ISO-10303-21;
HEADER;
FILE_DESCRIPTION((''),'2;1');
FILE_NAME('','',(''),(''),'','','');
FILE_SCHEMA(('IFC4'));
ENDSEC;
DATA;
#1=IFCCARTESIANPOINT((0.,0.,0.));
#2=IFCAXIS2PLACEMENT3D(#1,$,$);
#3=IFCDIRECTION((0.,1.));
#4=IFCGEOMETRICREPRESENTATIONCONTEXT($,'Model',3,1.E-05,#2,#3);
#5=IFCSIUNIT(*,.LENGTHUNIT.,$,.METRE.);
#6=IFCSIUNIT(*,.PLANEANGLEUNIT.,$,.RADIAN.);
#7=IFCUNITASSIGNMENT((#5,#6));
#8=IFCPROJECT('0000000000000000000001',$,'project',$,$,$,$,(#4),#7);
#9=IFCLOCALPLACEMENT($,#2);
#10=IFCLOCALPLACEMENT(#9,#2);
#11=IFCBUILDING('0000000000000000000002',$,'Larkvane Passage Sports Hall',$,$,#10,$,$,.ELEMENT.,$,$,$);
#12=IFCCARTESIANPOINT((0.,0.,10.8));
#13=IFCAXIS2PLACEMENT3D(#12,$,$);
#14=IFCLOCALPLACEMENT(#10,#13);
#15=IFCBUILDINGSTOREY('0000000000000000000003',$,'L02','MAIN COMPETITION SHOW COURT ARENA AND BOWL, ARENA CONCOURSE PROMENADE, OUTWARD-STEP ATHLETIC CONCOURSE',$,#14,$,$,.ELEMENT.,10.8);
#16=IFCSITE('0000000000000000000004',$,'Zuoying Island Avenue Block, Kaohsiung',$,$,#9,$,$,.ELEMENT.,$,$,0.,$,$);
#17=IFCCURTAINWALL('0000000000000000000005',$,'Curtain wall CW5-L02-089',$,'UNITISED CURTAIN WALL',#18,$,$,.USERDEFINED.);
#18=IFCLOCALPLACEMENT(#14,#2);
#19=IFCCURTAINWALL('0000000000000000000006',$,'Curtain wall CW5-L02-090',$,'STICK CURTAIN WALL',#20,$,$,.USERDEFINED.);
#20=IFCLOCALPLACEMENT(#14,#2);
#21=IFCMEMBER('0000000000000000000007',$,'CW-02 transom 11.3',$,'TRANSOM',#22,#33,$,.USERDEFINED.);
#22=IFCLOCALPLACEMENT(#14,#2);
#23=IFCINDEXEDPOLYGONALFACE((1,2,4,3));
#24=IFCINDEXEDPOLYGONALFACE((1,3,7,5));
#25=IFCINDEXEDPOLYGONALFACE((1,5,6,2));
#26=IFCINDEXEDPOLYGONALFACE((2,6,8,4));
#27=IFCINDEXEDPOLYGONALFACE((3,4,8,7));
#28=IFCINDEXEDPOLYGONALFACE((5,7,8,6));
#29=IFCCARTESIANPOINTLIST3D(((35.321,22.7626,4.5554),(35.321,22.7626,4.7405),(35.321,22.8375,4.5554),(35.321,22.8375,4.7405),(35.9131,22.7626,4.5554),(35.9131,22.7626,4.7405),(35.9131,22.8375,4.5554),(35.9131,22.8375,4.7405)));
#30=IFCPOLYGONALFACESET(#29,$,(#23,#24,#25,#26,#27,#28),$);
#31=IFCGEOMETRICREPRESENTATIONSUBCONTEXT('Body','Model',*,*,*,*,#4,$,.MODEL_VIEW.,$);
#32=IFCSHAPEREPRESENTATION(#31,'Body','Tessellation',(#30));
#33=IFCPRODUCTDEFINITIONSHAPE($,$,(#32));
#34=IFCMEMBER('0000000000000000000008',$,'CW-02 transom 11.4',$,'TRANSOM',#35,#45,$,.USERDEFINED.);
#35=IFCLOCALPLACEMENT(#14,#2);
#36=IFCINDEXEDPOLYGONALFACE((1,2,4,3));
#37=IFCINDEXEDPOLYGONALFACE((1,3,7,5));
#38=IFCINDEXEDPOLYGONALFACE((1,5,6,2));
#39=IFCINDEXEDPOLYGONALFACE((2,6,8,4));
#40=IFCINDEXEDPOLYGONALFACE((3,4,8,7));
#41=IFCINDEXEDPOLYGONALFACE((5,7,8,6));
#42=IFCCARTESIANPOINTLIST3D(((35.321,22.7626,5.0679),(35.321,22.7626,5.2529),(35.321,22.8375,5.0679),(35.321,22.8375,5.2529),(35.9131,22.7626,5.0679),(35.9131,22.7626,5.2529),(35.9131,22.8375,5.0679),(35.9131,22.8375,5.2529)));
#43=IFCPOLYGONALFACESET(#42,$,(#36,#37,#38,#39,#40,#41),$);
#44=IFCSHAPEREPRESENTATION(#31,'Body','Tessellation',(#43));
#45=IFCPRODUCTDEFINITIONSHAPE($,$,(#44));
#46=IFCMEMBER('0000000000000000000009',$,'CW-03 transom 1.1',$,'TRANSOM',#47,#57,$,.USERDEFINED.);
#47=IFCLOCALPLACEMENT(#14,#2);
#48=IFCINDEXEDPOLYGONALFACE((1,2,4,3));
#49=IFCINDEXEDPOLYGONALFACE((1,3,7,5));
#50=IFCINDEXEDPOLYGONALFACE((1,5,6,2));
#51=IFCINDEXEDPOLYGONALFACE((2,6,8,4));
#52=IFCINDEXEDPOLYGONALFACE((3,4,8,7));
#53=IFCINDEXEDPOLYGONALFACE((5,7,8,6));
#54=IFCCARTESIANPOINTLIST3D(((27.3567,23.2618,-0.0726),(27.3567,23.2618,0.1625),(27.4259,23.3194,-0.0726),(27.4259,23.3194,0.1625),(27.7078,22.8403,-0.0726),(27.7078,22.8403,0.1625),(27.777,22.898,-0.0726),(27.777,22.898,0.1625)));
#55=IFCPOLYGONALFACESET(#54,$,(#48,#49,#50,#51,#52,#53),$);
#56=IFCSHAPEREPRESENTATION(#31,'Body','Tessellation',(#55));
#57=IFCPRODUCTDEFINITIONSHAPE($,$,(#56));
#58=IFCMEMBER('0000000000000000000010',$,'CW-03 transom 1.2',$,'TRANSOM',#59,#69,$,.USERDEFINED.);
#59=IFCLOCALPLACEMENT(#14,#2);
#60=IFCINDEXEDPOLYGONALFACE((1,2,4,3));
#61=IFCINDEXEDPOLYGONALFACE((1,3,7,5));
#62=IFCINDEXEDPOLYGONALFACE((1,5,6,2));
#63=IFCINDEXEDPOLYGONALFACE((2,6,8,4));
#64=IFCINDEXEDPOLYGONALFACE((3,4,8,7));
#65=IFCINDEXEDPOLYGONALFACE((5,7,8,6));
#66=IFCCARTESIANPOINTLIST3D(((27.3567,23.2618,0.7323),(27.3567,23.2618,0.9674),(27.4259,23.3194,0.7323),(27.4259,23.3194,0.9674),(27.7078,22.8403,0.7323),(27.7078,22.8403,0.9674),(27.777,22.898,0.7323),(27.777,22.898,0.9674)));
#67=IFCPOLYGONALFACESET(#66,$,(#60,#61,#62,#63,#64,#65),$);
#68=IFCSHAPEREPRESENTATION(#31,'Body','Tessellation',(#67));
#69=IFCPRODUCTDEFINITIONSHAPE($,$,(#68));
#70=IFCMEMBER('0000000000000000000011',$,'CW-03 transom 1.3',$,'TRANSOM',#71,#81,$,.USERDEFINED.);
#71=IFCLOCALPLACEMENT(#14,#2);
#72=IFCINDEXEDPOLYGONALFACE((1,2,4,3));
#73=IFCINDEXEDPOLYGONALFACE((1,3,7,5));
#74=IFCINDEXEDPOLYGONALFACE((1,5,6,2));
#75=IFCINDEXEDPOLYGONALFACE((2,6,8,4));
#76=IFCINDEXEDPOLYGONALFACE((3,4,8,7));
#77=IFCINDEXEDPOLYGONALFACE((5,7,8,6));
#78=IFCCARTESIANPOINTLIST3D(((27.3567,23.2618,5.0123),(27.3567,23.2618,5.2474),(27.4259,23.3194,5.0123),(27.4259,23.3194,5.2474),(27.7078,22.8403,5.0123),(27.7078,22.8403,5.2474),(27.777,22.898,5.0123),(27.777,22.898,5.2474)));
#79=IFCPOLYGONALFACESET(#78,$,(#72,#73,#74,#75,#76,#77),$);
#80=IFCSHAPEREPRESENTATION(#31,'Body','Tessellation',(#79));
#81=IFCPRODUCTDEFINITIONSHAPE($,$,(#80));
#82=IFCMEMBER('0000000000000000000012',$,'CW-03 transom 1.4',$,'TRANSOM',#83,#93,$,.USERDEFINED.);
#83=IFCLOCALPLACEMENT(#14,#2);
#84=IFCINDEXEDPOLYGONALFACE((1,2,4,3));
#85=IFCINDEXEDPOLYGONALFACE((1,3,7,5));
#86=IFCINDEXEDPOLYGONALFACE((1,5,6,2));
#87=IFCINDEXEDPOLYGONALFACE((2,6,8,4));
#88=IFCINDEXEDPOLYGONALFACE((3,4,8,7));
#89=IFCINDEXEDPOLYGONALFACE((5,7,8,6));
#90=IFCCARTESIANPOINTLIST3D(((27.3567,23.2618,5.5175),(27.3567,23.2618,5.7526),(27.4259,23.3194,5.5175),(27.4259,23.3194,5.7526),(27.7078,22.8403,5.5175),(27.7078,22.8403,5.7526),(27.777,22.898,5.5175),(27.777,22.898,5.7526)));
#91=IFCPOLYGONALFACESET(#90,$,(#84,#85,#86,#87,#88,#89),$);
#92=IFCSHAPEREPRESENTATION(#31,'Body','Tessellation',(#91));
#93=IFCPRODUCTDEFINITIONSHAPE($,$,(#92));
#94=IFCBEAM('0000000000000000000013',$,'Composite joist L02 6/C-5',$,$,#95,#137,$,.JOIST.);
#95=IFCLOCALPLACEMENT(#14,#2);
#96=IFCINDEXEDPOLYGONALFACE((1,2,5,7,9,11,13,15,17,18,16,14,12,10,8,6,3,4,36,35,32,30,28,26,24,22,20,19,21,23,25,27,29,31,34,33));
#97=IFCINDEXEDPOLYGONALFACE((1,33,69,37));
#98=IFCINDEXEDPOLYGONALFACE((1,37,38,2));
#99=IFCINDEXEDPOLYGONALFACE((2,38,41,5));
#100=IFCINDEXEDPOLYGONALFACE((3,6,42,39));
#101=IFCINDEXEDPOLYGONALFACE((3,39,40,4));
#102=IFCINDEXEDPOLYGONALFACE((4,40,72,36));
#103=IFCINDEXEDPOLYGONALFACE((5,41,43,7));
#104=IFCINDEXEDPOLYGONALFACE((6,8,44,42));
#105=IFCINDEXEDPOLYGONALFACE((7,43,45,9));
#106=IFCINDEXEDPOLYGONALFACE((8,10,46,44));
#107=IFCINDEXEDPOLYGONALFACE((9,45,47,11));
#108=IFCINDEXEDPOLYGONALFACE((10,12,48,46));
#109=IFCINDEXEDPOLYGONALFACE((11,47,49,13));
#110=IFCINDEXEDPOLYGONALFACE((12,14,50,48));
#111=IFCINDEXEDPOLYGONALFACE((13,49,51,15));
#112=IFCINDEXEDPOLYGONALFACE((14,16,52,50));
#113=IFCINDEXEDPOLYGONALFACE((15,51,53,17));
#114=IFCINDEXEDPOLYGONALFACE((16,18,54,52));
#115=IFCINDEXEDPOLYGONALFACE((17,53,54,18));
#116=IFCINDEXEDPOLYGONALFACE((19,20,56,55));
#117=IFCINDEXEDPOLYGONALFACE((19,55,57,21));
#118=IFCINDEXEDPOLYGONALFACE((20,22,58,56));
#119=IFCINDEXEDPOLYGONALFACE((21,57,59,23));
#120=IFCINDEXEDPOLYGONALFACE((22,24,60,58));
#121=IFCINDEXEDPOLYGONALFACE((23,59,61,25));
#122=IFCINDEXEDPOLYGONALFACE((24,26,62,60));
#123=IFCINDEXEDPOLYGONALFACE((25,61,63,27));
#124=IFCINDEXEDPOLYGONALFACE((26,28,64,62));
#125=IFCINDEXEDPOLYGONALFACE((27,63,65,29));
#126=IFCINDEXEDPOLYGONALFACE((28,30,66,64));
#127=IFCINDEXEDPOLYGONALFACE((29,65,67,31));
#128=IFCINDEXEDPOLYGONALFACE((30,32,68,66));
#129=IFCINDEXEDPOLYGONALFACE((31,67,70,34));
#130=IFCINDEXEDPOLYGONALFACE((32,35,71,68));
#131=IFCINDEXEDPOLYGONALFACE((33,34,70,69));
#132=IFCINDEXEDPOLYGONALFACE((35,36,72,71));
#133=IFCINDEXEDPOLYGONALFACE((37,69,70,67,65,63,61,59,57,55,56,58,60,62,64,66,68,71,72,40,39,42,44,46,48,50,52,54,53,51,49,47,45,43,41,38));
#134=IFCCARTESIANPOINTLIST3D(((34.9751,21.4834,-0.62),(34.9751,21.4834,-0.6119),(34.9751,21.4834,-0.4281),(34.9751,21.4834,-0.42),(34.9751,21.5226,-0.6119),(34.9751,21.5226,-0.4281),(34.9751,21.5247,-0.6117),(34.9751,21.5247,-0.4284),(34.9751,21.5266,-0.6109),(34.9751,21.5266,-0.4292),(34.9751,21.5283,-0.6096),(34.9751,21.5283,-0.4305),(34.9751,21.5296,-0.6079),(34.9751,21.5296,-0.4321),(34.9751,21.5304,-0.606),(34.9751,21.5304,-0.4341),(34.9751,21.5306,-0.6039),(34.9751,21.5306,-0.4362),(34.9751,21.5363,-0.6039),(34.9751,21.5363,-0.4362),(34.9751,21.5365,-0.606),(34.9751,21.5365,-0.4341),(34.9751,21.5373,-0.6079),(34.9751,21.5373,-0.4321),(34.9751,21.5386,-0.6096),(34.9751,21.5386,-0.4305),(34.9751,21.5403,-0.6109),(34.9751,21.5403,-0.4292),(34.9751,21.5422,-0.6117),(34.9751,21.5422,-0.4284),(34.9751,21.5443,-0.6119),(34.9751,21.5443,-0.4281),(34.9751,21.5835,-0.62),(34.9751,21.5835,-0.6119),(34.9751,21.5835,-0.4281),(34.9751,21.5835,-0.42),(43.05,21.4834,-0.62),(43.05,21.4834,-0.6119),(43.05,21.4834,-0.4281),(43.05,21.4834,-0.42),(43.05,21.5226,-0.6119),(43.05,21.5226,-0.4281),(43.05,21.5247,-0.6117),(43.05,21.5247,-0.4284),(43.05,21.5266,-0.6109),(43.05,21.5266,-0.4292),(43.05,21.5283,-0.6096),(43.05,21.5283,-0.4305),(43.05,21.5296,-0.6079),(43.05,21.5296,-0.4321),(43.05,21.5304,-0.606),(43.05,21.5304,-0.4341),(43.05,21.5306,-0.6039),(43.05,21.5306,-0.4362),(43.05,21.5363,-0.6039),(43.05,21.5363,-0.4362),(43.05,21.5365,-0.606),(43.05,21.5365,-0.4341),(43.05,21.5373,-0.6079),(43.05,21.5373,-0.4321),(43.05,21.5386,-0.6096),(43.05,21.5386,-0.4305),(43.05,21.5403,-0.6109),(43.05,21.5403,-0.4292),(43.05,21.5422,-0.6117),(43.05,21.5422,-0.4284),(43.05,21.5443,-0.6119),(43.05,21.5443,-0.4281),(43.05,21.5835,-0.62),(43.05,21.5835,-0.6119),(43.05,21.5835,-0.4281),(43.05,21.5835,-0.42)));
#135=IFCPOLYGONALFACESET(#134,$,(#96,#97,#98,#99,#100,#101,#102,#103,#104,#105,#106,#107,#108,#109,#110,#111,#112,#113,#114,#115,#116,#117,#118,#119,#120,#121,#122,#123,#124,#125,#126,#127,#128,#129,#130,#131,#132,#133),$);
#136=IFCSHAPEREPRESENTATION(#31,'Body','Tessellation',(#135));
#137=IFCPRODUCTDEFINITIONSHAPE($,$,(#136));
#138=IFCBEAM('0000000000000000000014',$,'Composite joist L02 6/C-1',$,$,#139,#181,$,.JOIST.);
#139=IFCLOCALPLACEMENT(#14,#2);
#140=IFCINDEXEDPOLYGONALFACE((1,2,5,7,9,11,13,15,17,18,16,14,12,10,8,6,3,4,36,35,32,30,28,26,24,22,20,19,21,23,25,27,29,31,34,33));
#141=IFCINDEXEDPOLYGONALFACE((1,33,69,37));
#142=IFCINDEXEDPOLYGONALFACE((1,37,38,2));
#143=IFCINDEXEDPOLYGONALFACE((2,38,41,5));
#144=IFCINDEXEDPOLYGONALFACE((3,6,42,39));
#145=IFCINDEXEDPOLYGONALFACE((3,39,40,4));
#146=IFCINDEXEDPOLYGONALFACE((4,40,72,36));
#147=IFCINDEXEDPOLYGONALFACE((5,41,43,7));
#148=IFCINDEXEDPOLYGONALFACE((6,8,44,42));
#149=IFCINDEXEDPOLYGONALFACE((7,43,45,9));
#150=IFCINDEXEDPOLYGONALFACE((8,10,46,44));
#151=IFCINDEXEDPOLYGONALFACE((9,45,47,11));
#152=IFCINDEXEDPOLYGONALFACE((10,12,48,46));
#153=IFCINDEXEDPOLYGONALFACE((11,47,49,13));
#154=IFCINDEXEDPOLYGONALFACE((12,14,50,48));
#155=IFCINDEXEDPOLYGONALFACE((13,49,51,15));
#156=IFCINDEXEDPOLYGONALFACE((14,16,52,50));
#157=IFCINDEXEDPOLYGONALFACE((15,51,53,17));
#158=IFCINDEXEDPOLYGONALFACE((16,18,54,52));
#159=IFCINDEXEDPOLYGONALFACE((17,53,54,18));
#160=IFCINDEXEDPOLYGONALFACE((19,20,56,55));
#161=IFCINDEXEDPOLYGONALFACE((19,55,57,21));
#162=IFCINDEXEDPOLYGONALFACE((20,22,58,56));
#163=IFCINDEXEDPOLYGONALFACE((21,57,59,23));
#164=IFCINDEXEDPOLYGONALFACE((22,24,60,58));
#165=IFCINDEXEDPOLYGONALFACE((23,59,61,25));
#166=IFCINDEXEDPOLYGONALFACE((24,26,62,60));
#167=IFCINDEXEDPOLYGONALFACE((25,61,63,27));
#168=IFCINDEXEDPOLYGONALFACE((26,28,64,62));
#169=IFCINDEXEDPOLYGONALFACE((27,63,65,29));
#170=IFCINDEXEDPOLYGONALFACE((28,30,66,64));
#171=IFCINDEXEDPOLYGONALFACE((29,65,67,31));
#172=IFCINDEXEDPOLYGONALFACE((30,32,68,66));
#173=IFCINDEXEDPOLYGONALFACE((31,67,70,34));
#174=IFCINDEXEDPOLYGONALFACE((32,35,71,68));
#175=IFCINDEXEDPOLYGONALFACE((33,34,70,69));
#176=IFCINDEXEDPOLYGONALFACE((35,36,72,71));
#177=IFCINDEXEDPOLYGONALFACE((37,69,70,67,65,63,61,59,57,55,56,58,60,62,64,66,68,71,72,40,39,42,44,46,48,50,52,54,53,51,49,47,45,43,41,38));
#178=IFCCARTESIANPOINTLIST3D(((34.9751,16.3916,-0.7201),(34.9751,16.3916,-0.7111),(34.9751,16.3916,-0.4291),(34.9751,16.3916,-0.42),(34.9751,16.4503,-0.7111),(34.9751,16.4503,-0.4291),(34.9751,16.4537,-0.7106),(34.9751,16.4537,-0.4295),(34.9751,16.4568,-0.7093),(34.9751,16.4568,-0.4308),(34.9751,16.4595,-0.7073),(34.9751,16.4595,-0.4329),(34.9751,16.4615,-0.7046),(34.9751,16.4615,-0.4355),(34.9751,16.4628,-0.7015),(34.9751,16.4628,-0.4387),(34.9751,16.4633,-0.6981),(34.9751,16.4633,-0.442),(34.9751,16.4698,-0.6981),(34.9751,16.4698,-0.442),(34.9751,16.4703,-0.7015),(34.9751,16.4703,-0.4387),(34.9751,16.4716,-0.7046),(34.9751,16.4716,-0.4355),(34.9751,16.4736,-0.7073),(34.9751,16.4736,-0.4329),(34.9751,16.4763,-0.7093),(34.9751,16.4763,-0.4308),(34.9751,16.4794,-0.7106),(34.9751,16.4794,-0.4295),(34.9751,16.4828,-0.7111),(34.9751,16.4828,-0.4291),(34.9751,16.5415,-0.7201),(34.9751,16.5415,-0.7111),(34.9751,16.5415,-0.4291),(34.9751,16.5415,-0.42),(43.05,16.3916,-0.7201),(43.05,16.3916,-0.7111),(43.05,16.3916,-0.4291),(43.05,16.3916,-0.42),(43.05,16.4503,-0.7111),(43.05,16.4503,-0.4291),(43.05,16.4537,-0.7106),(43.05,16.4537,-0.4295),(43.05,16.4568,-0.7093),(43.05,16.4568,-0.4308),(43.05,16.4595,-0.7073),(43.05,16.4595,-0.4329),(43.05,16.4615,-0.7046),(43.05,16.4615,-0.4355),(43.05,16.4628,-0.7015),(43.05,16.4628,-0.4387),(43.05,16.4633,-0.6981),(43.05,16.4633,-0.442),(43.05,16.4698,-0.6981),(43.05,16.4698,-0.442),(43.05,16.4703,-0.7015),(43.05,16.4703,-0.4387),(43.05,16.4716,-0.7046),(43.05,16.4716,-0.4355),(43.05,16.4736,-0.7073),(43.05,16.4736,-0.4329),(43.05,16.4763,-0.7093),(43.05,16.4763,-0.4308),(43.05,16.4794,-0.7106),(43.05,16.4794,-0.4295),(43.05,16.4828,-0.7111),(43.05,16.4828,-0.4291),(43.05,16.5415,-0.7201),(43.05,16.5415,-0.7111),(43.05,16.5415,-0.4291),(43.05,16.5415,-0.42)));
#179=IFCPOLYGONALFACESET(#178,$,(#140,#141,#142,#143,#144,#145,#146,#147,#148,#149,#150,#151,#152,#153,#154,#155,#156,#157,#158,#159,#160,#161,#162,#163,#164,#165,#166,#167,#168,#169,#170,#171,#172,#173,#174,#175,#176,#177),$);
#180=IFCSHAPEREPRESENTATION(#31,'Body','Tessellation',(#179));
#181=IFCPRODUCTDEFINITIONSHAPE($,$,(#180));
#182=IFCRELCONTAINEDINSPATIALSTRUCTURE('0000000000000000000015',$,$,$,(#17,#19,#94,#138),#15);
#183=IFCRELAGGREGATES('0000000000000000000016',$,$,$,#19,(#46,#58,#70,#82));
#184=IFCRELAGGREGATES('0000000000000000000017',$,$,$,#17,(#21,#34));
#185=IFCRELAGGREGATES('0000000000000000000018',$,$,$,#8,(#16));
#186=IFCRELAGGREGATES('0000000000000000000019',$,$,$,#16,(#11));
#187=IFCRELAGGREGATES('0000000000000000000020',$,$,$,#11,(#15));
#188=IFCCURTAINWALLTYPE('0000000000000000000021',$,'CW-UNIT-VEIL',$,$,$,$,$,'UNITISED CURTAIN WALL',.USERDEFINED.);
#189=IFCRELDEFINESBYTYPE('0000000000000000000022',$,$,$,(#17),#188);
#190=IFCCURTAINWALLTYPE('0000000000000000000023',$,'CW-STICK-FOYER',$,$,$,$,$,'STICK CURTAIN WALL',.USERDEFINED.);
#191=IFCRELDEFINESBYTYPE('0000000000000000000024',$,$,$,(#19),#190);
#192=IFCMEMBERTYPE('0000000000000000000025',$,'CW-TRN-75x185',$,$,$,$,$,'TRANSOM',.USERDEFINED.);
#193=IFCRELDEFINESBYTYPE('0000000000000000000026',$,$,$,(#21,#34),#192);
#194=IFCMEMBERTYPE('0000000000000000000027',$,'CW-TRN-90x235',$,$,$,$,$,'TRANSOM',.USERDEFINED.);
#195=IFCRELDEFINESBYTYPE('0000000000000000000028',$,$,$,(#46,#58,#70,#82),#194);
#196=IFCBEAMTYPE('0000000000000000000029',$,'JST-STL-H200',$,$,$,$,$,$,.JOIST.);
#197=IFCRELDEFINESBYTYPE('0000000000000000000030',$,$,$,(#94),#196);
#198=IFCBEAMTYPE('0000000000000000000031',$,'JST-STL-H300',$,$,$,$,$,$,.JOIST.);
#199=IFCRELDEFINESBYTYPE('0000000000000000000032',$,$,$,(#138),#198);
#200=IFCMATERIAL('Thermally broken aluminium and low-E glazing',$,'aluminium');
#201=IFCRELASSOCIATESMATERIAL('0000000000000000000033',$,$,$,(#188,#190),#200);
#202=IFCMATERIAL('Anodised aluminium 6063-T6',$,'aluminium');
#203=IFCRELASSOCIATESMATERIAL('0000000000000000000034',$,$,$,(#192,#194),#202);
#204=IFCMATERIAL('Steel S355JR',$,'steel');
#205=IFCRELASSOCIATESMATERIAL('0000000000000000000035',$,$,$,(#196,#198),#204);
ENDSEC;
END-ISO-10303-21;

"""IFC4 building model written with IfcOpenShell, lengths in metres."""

from ifc_helpers import new_model, si_unit, direction, frame, origin, origin_2d, place, context, subcontext, project, spatial, rectangle, i_section, extrude, material, material_profile, profile_set, type_object, element, aggregate, save


model = new_model("IFC4")

# Units and contexts
model_context = context("Model", 3, precision=1e-05, world=origin(), true_north=direction((0.0, 1.0)))
body_context = subcontext(model_context, "Body", "Model", "MODEL_VIEW")
ifc_project = project(units=[si_unit("LENGTHUNIT", "METRE"), si_unit("PLANEANGLEUNIT", "RADIAN")], contexts=[model_context])

# Site, building, storey
site_placement = place(None, origin())
site = spatial("IfcSite", under=ifc_project, at=site_placement, Name="Zuoying Island Avenue Block, Kaohsiung", CompositionType="ELEMENT", RefElevation=0.0)
building_placement = place(site_placement, origin())
building = spatial("IfcBuilding", under=site, at=building_placement, Name="Larkvane Passage Sports Hall", CompositionType="ELEMENT")
storey_placement = place(building_placement, frame((0.0, 0.0, 10.8)))
storey = spatial("IfcBuildingStorey", under=building, at=storey_placement, Name="L02", Description="MAIN COMPETITION SHOW COURT ARENA AND BOWL, ARENA CONCOURSE PROMENADE, OUTWARD-STEP ATHLETIC CONCOURSE", CompositionType="ELEMENT", Elevation=10.8)

# Curtain wall
ifc_material_1 = material(Name="Thermally broken aluminium and low-E glazing", Category="aluminium")
curtain_wall_type_1 = type_object("IfcCurtainWallType", Name="CW-UNIT-VEIL", ElementType="UNITISED CURTAIN WALL", PredefinedType="USERDEFINED", material=ifc_material_1)
curtain_wall_1_placement = place(storey_placement, origin())
curtain_wall_1 = element("IfcCurtainWall", 1, at=curtain_wall_1_placement, inside=storey, type_object=curtain_wall_type_1, Name="Curtain wall CW5-L02-089", ObjectType="UNITISED CURTAIN WALL", PredefinedType="USERDEFINED")
ifc_material_2 = material(Name="Anodised aluminium 6063-T6", Category="aluminium")

# Curtain wall
curtain_wall_type_2 = type_object("IfcCurtainWallType", Name="CW-STICK-FOYER", ElementType="STICK CURTAIN WALL", PredefinedType="USERDEFINED", material=ifc_material_1)
curtain_wall_2_placement = place(storey_placement, origin())
curtain_wall_2 = element("IfcCurtainWall", 2, at=curtain_wall_2_placement, inside=storey, type_object=curtain_wall_type_2, Name="Curtain wall CW5-L02-090", ObjectType="STICK CURTAIN WALL", PredefinedType="USERDEFINED")

# Members
ifc_material_profile_1 = material_profile(ifc_material_2, rectangle(XDim=0.075, YDim=0.1851, at=origin_2d()), Name="ALU-TRN-75x185")
ifc_profile_set_1 = profile_set([ifc_material_profile_1], Name="Anodised aluminium 6063-T6")
member_type_1 = type_object("IfcMemberType", Name="CW-TRN-75x185", ElementType="TRANSOM", PredefinedType="USERDEFINED", material=ifc_profile_set_1)
member_1_placement = place(storey_placement, frame((35.9131, 22.8, 4.6479), z_axis=(-1.0, 0.0, 0.0), x_axis=(0.0, -1.0, 0.0)))
member_1 = element("IfcMember", 3, at=member_1_placement, type_object=member_type_1, Name="CW-02 transom 11.3", ObjectType="TRANSOM", PredefinedType="USERDEFINED", context=body_context, shape_type="SweptSolid", body=[
    extrude(rectangle(XDim=0.075, YDim=0.1851, at=origin_2d()), origin(), (0.0, 0.0, 1.0), 0.592),
])
member_2_placement = place(storey_placement, frame((35.9131, 22.8, 5.1604), z_axis=(-1.0, 0.0, 0.0), x_axis=(0.0, -1.0, 0.0)))
member_2 = element("IfcMember", 4, at=member_2_placement, type_object=member_type_1, Name="CW-02 transom 11.4", ObjectType="TRANSOM", PredefinedType="USERDEFINED", context=body_context, shape_type="SweptSolid", body=[
    extrude(rectangle(XDim=0.075, YDim=0.1851, at=origin_2d()), origin(), (0.0, 0.0, 1.0), 0.592),
])
ifc_material_profile_2 = material_profile(ifc_material_2, rectangle(XDim=0.0901, YDim=0.2351, at=origin_2d()), Name="ALU-TRN-90x235")
ifc_profile_set_2 = profile_set([ifc_material_profile_2], Name="Anodised aluminium 6063-T6")
member_type_2 = type_object("IfcMemberType", Name="CW-TRN-90x235", ElementType="TRANSOM", PredefinedType="USERDEFINED", material=ifc_profile_set_2)
member_3_placement = place(storey_placement, frame((27.7424, 22.8691, 0.0449), z_axis=(-0.640097, 0.768294, 0.0), x_axis=(-0.768294, -0.640097, 0.0)))
member_3 = element("IfcMember", 5, at=member_3_placement, type_object=member_type_2, Name="CW-03 transom 1.1", ObjectType="TRANSOM", PredefinedType="USERDEFINED", context=body_context, shape_type="SweptSolid", body=[
    extrude(rectangle(XDim=0.0901, YDim=0.2351, at=origin_2d()), origin(), (0.0, 0.0, 1.0), 0.5486),
])
member_4_placement = place(storey_placement, frame((27.7424, 22.8691, 0.8499), z_axis=(-0.640097, 0.768294, 0.0), x_axis=(-0.768294, -0.640097, 0.0)))
member_4 = element("IfcMember", 6, at=member_4_placement, type_object=member_type_2, Name="CW-03 transom 1.2", ObjectType="TRANSOM", PredefinedType="USERDEFINED", context=body_context, shape_type="SweptSolid", body=[
    extrude(rectangle(XDim=0.0901, YDim=0.2351, at=origin_2d()), origin(), (0.0, 0.0, 1.0), 0.5486),
])
member_5_placement = place(storey_placement, frame((27.7424, 22.8691, 5.1299), z_axis=(-0.640097, 0.768294, 0.0), x_axis=(-0.768294, -0.640097, 0.0)))
member_5 = element("IfcMember", 7, at=member_5_placement, type_object=member_type_2, Name="CW-03 transom 1.3", ObjectType="TRANSOM", PredefinedType="USERDEFINED", context=body_context, shape_type="SweptSolid", body=[
    extrude(rectangle(XDim=0.0901, YDim=0.2351, at=origin_2d()), origin(), (0.0, 0.0, 1.0), 0.5486),
])
member_6_placement = place(storey_placement, frame((27.7424, 22.8691, 5.635), z_axis=(-0.640097, 0.768294, 0.0), x_axis=(-0.768294, -0.640097, 0.0)))
member_6 = element("IfcMember", 8, at=member_6_placement, type_object=member_type_2, Name="CW-03 transom 1.4", ObjectType="TRANSOM", PredefinedType="USERDEFINED", context=body_context, shape_type="SweptSolid", body=[
    extrude(rectangle(XDim=0.0901, YDim=0.2351, at=origin_2d()), origin(), (0.0, 0.0, 1.0), 0.5486),
])
aggregate(curtain_wall_2, [member_3, member_4, member_5, member_6])

# Beams
ifc_material_3 = material(Name="Steel S355JR", Category="steel")
ifc_material_profile_3 = material_profile(ifc_material_3, i_section(OverallWidth=0.1001, OverallDepth=0.2, WebThickness=0.0056, FlangeThickness=0.0081, FilletRadius=0.0081, at=origin_2d()), Name="H-200x100x5.5x8")
ifc_profile_set_3 = profile_set([ifc_material_profile_3], Name="Steel S355JR")
beam_type_1 = type_object("IfcBeamType", Name="JST-STL-H200", PredefinedType="JOIST", material=ifc_profile_set_3)
beam_1_placement = place(storey_placement, frame((34.9751, 21.5334, -0.52), z_axis=(1.0, 0.0, 0.0), x_axis=(0.0, 1.0, 0.0)))
element("IfcBeam", 9, at=beam_1_placement, inside=storey, type_object=beam_type_1, Name="Composite joist L02 6/C-5", PredefinedType="JOIST", context=body_context, shape_type="SweptSolid", body=[
    extrude(i_section(OverallWidth=0.1001, OverallDepth=0.2, WebThickness=0.0056, FlangeThickness=0.0081, FilletRadius=0.0081, at=origin_2d()), origin(), (0.0, 0.0, 1.0), 8.075),
])
ifc_material_profile_4 = material_profile(ifc_material_3, i_section(OverallWidth=0.1499, OverallDepth=0.3, WebThickness=0.0066, FlangeThickness=0.009, FilletRadius=0.0129, at=origin_2d()), Name="H-300x150x6.5x9")
ifc_profile_set_4 = profile_set([ifc_material_profile_4], Name="Steel S355JR")
beam_type_2 = type_object("IfcBeamType", Name="JST-STL-H300", PredefinedType="JOIST", material=ifc_profile_set_4)
beam_2_placement = place(storey_placement, frame((34.9751, 16.4666, -0.5701), z_axis=(1.0, 0.0, 0.0), x_axis=(0.0, 1.0, 0.0)))
element("IfcBeam", 10, at=beam_2_placement, inside=storey, type_object=beam_type_2, Name="Composite joist L02 6/C-1", PredefinedType="JOIST", context=body_context, shape_type="SweptSolid", body=[
    extrude(i_section(OverallWidth=0.1499, OverallDepth=0.3, WebThickness=0.0066, FlangeThickness=0.009, FilletRadius=0.0129, at=origin_2d()), origin(), (0.0, 0.0, 1.0), 8.075),
])

aggregate(curtain_wall_1, [member_1, member_2])

save(model, "model.ifc")
